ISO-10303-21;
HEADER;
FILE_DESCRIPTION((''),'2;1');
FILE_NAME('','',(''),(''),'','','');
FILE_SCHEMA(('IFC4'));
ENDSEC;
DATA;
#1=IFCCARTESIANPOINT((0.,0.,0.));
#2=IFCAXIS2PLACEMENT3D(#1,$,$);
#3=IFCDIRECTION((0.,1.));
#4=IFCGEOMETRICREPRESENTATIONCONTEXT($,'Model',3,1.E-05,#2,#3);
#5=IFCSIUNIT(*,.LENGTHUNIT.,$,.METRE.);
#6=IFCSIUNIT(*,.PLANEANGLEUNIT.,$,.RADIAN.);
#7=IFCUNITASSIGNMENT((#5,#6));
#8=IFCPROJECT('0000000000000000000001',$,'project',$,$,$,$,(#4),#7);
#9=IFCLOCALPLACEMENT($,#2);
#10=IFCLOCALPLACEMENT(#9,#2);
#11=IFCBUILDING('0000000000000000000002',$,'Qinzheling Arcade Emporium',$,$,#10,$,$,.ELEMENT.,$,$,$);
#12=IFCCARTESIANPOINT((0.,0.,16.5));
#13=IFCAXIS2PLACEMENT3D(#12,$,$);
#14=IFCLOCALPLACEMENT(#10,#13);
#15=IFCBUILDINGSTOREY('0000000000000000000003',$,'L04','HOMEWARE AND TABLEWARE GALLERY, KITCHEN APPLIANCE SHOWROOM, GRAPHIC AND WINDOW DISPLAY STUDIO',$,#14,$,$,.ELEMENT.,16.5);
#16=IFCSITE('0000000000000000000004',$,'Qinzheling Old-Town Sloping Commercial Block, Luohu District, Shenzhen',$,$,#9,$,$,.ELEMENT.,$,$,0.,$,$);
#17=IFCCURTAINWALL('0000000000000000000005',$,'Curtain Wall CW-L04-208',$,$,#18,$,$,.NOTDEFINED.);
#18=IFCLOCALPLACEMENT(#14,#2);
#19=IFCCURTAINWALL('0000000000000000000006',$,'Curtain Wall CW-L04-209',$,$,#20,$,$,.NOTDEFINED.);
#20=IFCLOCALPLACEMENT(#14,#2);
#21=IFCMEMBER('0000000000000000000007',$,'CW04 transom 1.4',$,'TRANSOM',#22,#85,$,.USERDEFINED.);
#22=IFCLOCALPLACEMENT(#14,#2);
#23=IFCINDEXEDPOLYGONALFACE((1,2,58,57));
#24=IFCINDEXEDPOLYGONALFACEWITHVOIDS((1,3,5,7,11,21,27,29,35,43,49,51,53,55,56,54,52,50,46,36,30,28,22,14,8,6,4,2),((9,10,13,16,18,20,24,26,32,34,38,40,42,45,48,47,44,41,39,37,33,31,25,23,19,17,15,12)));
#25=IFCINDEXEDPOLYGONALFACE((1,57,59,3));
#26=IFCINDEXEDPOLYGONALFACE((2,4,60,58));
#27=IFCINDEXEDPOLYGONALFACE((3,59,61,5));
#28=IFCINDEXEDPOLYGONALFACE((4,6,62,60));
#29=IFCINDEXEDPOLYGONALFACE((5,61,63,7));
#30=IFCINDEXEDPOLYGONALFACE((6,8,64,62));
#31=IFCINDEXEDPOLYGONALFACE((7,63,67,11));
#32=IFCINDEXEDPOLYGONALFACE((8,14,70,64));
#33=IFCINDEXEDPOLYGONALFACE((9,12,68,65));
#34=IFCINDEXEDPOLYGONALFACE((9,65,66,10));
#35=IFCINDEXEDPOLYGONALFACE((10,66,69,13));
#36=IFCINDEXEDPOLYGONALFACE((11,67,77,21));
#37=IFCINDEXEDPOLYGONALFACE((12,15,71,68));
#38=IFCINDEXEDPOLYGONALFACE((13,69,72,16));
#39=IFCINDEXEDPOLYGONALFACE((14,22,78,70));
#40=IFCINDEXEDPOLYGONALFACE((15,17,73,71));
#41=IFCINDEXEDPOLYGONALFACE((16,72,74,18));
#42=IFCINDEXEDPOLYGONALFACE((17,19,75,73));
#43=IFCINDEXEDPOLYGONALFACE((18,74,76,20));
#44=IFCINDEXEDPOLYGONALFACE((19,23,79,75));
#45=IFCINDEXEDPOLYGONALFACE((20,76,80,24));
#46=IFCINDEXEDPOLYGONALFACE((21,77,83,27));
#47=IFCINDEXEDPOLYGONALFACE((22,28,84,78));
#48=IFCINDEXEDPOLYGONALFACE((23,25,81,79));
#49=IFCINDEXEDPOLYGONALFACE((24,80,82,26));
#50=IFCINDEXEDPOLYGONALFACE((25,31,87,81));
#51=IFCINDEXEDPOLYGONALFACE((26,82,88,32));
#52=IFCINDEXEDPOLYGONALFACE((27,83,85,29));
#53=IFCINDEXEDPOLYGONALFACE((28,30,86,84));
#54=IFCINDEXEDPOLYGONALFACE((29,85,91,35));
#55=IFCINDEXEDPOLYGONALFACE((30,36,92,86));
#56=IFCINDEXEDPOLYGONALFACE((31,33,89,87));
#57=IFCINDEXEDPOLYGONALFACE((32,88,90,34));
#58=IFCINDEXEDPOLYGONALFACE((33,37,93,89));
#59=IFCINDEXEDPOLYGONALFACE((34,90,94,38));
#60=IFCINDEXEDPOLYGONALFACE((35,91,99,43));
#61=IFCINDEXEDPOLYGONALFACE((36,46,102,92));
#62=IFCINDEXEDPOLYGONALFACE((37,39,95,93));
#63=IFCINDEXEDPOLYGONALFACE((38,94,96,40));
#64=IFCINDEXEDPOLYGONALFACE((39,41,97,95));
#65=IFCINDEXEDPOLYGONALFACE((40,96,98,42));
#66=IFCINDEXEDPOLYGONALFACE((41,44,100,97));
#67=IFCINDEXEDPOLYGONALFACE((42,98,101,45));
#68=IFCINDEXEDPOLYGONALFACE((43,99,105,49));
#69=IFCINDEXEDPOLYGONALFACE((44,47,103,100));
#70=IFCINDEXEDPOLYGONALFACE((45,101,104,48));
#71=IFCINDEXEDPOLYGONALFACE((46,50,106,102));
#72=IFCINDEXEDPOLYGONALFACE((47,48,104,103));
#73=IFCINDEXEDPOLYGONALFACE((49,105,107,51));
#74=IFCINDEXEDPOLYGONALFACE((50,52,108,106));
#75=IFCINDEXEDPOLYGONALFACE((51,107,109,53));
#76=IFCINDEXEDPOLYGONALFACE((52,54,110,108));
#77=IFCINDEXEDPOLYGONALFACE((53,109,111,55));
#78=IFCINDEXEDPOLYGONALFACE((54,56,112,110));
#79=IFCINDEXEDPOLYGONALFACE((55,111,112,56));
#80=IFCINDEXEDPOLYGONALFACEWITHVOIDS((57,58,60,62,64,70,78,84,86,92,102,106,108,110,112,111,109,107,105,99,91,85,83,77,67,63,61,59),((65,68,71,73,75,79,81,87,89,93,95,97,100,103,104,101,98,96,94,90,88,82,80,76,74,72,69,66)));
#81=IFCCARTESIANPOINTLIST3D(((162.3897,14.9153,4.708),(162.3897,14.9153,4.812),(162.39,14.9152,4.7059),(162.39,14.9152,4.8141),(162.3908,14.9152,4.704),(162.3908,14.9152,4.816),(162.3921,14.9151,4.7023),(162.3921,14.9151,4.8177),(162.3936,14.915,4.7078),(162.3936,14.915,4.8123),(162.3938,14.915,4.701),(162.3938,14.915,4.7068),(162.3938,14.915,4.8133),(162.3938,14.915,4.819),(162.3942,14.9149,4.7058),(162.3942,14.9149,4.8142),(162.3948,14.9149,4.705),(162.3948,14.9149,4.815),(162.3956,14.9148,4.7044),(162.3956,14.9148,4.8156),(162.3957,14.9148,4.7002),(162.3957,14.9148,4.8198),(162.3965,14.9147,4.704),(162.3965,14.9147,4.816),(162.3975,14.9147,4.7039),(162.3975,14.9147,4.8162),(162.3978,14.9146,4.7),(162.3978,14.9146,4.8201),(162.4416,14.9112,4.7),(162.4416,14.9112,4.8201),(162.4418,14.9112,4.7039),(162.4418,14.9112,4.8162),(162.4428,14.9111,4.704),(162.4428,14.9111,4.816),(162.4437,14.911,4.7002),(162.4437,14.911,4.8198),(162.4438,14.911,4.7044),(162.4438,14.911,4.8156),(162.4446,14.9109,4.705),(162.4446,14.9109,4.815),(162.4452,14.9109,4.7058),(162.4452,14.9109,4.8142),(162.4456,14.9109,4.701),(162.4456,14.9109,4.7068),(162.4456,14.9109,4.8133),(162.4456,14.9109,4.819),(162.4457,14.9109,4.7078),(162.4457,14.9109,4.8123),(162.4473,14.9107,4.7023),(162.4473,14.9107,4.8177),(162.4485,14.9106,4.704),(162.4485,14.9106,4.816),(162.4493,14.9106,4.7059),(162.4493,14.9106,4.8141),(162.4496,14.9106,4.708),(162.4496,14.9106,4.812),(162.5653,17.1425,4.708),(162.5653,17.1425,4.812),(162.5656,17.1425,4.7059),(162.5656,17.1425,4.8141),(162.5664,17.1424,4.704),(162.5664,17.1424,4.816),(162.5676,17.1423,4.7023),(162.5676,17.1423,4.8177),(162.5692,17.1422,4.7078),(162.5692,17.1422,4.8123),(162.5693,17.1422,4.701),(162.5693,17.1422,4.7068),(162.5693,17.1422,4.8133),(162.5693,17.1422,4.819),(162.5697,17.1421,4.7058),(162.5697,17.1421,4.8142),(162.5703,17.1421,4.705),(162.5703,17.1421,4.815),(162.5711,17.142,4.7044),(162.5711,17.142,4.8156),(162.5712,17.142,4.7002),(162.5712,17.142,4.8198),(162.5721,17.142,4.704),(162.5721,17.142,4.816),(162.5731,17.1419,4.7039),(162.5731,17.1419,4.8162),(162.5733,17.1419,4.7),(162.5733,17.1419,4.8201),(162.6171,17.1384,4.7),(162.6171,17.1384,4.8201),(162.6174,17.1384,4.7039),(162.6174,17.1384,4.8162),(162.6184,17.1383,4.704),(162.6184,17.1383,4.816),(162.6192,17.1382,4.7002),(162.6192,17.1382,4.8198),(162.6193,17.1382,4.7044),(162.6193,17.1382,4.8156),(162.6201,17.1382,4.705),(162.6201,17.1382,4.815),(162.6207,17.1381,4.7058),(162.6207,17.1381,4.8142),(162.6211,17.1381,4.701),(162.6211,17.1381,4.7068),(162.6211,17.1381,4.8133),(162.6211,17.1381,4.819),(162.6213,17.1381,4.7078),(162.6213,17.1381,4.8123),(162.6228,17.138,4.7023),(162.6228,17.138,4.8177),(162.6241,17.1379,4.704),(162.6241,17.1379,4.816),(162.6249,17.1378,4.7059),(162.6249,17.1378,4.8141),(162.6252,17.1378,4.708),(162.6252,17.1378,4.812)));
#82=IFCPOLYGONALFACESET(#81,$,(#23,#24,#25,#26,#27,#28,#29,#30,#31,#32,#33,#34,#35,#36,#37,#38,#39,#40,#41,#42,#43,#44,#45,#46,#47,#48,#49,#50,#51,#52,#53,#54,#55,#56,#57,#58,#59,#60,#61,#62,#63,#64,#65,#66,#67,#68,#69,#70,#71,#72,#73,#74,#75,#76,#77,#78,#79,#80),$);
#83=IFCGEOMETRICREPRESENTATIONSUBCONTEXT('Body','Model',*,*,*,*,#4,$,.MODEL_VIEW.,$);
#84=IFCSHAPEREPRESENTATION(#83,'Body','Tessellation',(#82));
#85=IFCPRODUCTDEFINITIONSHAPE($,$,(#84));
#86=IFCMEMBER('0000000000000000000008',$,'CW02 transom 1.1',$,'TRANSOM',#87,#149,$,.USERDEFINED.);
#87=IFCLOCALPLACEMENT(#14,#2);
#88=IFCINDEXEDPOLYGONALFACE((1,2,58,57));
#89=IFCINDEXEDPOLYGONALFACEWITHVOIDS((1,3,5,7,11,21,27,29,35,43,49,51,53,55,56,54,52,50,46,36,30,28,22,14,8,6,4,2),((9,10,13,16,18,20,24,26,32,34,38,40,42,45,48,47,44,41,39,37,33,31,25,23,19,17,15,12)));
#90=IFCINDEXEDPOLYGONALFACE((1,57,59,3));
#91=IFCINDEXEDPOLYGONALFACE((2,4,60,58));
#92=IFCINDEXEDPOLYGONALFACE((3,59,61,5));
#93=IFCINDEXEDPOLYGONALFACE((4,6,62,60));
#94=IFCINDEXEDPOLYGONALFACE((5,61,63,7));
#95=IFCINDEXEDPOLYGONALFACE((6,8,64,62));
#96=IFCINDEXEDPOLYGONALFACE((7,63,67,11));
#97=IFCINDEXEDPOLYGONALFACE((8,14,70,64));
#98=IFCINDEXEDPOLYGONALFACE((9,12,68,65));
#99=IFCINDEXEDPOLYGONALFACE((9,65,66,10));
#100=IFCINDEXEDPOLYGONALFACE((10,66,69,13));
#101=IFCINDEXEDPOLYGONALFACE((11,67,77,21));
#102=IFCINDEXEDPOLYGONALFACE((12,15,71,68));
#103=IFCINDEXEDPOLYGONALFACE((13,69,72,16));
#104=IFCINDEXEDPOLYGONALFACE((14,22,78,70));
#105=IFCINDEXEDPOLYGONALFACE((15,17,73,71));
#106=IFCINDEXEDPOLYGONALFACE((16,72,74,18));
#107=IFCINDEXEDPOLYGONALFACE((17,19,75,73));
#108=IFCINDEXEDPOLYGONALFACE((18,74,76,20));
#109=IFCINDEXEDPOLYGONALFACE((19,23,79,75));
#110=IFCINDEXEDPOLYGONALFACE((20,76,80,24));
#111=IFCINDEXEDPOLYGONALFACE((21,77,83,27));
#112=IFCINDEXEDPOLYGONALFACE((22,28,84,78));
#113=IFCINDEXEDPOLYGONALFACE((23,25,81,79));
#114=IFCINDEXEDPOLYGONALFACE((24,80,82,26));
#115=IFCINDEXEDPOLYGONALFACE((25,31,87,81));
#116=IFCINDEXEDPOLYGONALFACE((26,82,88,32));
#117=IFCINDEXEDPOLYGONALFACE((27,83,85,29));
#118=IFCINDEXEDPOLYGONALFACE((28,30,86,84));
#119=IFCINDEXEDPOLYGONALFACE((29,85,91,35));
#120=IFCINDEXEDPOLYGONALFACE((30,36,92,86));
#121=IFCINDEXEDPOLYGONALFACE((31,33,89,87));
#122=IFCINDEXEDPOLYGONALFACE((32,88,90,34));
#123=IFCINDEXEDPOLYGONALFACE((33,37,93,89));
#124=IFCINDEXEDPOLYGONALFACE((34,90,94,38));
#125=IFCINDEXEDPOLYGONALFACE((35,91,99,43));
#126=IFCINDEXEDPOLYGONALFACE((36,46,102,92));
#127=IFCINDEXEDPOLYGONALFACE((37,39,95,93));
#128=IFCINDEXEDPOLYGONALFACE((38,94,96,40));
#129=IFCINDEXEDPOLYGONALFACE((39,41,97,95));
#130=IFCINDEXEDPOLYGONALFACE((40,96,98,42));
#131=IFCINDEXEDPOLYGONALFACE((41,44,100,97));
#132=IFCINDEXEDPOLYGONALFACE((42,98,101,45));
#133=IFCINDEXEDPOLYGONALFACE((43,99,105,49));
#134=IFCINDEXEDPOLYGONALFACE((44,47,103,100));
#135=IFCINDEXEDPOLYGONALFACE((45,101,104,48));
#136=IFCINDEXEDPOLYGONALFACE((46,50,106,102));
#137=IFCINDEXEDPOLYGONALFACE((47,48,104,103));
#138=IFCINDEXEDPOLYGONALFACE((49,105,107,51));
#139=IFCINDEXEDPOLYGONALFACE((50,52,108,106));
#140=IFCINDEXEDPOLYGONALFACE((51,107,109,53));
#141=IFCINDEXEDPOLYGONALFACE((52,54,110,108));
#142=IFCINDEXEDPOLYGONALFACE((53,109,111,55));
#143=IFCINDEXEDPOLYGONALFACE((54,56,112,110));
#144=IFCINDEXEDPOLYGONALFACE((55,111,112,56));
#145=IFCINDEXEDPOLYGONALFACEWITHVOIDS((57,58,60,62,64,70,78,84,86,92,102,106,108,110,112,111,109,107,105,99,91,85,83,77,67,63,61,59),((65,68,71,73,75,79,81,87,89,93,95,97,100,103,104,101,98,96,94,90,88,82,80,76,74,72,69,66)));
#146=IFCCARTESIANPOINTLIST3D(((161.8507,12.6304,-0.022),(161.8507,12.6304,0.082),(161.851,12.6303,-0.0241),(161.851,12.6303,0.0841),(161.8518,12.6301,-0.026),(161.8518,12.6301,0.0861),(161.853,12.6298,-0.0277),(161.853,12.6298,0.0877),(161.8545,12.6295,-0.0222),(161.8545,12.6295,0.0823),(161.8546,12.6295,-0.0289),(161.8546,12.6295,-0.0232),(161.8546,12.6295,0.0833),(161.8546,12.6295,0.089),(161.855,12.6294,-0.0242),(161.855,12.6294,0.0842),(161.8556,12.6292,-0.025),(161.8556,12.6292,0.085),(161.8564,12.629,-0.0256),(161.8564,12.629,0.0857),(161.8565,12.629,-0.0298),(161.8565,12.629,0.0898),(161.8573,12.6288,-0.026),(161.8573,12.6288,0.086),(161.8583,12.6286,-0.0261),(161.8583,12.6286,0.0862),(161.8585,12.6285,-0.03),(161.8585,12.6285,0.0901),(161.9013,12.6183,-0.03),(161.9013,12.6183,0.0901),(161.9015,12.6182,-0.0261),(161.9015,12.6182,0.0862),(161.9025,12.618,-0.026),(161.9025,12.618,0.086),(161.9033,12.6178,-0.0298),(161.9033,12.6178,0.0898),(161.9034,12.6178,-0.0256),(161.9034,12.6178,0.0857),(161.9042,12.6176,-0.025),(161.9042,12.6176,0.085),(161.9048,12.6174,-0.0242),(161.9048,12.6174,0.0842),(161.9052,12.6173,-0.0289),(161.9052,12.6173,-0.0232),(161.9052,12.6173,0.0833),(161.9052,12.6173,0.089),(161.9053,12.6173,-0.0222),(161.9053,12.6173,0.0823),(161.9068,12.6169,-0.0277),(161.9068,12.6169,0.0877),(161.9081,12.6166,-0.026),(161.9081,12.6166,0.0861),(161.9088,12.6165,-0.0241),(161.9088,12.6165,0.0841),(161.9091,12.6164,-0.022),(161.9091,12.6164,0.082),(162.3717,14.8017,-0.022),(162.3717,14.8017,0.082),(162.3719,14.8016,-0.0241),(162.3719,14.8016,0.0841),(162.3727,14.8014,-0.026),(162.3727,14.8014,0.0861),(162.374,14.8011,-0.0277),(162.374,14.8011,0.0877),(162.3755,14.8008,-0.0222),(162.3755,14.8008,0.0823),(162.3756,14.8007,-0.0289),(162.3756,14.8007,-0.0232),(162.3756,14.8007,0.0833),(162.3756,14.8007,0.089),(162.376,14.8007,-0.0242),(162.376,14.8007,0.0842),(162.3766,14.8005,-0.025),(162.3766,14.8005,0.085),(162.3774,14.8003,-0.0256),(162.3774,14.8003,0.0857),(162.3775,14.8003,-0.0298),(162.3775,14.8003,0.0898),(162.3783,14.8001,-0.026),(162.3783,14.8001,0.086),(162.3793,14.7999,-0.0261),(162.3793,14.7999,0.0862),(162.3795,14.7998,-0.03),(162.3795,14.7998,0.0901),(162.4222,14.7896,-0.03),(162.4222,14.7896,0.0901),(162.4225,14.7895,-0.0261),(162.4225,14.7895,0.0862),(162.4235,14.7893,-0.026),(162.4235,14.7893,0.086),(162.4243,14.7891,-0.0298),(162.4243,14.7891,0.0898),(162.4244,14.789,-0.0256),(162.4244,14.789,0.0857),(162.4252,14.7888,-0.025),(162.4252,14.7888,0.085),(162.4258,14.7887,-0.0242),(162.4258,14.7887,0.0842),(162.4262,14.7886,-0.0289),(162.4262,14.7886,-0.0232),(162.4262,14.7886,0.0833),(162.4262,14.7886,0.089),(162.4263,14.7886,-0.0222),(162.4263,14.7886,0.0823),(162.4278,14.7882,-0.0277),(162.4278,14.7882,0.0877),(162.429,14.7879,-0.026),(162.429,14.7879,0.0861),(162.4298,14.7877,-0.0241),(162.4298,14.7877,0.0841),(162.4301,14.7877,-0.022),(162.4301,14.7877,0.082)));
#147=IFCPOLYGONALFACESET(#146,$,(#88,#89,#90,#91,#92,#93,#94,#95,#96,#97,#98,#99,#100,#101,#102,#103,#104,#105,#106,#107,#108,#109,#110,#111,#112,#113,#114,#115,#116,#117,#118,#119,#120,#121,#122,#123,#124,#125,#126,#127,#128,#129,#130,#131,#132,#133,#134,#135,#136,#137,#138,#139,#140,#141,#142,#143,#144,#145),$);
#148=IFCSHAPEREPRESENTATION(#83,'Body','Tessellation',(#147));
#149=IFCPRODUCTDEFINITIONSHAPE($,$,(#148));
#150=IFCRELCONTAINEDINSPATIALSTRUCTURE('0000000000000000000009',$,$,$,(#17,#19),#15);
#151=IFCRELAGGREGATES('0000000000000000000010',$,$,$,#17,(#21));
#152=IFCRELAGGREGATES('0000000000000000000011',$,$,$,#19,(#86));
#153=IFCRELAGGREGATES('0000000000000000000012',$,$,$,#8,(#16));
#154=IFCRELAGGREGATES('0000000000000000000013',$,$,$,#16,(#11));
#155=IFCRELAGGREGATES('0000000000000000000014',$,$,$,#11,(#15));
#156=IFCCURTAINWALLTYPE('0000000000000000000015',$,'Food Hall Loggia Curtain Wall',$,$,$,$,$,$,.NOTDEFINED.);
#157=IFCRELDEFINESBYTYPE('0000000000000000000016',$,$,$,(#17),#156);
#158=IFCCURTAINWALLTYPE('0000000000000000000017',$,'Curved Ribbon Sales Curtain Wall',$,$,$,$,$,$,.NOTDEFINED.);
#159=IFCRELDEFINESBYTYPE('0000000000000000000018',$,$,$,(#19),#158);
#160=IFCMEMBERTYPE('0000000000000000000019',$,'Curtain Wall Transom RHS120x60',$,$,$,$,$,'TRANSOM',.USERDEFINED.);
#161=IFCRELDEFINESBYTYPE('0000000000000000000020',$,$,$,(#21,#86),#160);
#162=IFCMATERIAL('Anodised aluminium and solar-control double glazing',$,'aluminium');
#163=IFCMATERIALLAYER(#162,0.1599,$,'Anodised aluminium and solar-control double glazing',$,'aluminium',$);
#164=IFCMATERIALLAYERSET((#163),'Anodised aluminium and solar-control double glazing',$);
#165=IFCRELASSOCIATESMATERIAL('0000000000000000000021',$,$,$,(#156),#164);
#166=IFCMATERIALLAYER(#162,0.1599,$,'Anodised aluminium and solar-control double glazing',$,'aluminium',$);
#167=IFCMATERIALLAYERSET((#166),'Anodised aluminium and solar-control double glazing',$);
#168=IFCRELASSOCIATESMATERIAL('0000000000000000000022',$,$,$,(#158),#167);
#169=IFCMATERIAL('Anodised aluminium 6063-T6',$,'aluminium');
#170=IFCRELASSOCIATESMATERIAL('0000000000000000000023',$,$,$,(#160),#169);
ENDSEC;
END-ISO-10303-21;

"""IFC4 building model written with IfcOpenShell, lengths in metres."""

from ifc_helpers import new_model, si_unit, direction, frame, origin, origin_2d, place, context, subcontext, project, spatial, hollow_rectangle, extrude, material, layer, layer_set, material_profile, profile_set, type_object, element, aggregate, save


model = new_model("IFC4")

# Units and contexts
model_context = context("Model", 3, precision=1e-05, world=origin(), true_north=direction((0.0, 1.0)))
body_context = subcontext(model_context, "Body", "Model", "MODEL_VIEW")
ifc_project = project(units=[si_unit("LENGTHUNIT", "METRE"), si_unit("PLANEANGLEUNIT", "RADIAN")], contexts=[model_context])

# Site, building, storey
site_placement = place(None, origin())
site = spatial("IfcSite", under=ifc_project, at=site_placement, Name="Qinzheling Old-Town Sloping Commercial Block, Luohu District, Shenzhen", CompositionType="ELEMENT", RefElevation=0.0)
building_placement = place(site_placement, origin())
building = spatial("IfcBuilding", under=site, at=building_placement, Name="Qinzheling Arcade Emporium", CompositionType="ELEMENT")
storey_placement = place(building_placement, frame((0.0, 0.0, 16.5)))
storey = spatial("IfcBuildingStorey", under=building, at=storey_placement, Name="L04", Description="HOMEWARE AND TABLEWARE GALLERY, KITCHEN APPLIANCE SHOWROOM, GRAPHIC AND WINDOW DISPLAY STUDIO", CompositionType="ELEMENT", Elevation=16.5)

# Curtain walls
ifc_material_1 = material(Name="Anodised aluminium and solar-control double glazing", Category="aluminium")
ifc_layer_1 = layer(ifc_material_1, 0.1599, Name="Anodised aluminium and solar-control double glazing", Category="aluminium")
ifc_layer_set_1 = layer_set([ifc_layer_1], Name="Anodised aluminium and solar-control double glazing")
curtain_wall_type_1 = type_object("IfcCurtainWallType", Name="Food Hall Loggia Curtain Wall", PredefinedType="NOTDEFINED", material=ifc_layer_set_1)
curtain_wall_1_placement = place(storey_placement, origin())
curtain_wall_1 = element("IfcCurtainWall", 1, at=curtain_wall_1_placement, inside=storey, type_object=curtain_wall_type_1, Name="Curtain Wall CW-L04-208", PredefinedType="NOTDEFINED")
ifc_material_2 = material(Name="Anodised aluminium 6063-T6", Category="aluminium")
ifc_layer_2 = layer(ifc_material_1, 0.1599, Name="Anodised aluminium and solar-control double glazing", Category="aluminium")
ifc_layer_set_2 = layer_set([ifc_layer_2], Name="Anodised aluminium and solar-control double glazing")
curtain_wall_type_2 = type_object("IfcCurtainWallType", Name="Curved Ribbon Sales Curtain Wall", PredefinedType="NOTDEFINED", material=ifc_layer_set_2)
curtain_wall_2_placement = place(storey_placement, origin())
curtain_wall_2 = element("IfcCurtainWall", 2, at=curtain_wall_2_placement, inside=storey, type_object=curtain_wall_type_2, Name="Curtain Wall CW-L04-209", PredefinedType="NOTDEFINED")

# Members
ifc_material_profile_1 = material_profile(ifc_material_2, hollow_rectangle(XDim=0.0601, YDim=0.1201, WallThickness=0.0039, InnerFilletRadius=0.0039, OuterFilletRadius=0.0081, at=origin_2d()), Name="RHS 120x60x4", Category="aluminium")
ifc_profile_set_1 = profile_set([ifc_material_profile_1], Name="Anodised aluminium 6063-T6")
member_type_1 = type_object("IfcMemberType", Name="Curtain Wall Transom RHS120x60", ElementType="TRANSOM", PredefinedType="USERDEFINED", material=ifc_profile_set_1)
member_1_placement = place(storey_placement, frame((162.5952, 17.1401, 4.76), z_axis=(-0.078568, -0.996909, 0.0), x_axis=(0.996909, -0.078568, 0.0)))
member_1 = element("IfcMember", 3, at=member_1_placement, type_object=member_type_1, Name="CW04 transom 1.4", ObjectType="TRANSOM", PredefinedType="USERDEFINED", context=body_context, shape_type="SweptSolid", body=[
    extrude(hollow_rectangle(XDim=0.0601, YDim=0.1201, WallThickness=0.0039, InnerFilletRadius=0.0039, OuterFilletRadius=0.0081, at=origin_2d()), origin(), (0.0, 0.0, 1.0), 2.2341),
])
member_2_placement = place(storey_placement, frame((162.4009, 14.7947, 0.03), z_axis=(-0.233315, -0.972401, 0.0), x_axis=(0.972401, -0.233315, 0.0)))
member_2 = element("IfcMember", 4, at=member_2_placement, type_object=member_type_1, Name="CW02 transom 1.1", ObjectType="TRANSOM", PredefinedType="USERDEFINED", context=body_context, shape_type="SweptSolid", body=[
    extrude(hollow_rectangle(XDim=0.0601, YDim=0.1201, WallThickness=0.0039, InnerFilletRadius=0.0039, OuterFilletRadius=0.0081, at=origin_2d()), origin(), (0.0, 0.0, 1.0), 2.2329),
])

aggregate(curtain_wall_1, [member_1])
aggregate(curtain_wall_2, [member_2])

save(model, "model.ifc")
